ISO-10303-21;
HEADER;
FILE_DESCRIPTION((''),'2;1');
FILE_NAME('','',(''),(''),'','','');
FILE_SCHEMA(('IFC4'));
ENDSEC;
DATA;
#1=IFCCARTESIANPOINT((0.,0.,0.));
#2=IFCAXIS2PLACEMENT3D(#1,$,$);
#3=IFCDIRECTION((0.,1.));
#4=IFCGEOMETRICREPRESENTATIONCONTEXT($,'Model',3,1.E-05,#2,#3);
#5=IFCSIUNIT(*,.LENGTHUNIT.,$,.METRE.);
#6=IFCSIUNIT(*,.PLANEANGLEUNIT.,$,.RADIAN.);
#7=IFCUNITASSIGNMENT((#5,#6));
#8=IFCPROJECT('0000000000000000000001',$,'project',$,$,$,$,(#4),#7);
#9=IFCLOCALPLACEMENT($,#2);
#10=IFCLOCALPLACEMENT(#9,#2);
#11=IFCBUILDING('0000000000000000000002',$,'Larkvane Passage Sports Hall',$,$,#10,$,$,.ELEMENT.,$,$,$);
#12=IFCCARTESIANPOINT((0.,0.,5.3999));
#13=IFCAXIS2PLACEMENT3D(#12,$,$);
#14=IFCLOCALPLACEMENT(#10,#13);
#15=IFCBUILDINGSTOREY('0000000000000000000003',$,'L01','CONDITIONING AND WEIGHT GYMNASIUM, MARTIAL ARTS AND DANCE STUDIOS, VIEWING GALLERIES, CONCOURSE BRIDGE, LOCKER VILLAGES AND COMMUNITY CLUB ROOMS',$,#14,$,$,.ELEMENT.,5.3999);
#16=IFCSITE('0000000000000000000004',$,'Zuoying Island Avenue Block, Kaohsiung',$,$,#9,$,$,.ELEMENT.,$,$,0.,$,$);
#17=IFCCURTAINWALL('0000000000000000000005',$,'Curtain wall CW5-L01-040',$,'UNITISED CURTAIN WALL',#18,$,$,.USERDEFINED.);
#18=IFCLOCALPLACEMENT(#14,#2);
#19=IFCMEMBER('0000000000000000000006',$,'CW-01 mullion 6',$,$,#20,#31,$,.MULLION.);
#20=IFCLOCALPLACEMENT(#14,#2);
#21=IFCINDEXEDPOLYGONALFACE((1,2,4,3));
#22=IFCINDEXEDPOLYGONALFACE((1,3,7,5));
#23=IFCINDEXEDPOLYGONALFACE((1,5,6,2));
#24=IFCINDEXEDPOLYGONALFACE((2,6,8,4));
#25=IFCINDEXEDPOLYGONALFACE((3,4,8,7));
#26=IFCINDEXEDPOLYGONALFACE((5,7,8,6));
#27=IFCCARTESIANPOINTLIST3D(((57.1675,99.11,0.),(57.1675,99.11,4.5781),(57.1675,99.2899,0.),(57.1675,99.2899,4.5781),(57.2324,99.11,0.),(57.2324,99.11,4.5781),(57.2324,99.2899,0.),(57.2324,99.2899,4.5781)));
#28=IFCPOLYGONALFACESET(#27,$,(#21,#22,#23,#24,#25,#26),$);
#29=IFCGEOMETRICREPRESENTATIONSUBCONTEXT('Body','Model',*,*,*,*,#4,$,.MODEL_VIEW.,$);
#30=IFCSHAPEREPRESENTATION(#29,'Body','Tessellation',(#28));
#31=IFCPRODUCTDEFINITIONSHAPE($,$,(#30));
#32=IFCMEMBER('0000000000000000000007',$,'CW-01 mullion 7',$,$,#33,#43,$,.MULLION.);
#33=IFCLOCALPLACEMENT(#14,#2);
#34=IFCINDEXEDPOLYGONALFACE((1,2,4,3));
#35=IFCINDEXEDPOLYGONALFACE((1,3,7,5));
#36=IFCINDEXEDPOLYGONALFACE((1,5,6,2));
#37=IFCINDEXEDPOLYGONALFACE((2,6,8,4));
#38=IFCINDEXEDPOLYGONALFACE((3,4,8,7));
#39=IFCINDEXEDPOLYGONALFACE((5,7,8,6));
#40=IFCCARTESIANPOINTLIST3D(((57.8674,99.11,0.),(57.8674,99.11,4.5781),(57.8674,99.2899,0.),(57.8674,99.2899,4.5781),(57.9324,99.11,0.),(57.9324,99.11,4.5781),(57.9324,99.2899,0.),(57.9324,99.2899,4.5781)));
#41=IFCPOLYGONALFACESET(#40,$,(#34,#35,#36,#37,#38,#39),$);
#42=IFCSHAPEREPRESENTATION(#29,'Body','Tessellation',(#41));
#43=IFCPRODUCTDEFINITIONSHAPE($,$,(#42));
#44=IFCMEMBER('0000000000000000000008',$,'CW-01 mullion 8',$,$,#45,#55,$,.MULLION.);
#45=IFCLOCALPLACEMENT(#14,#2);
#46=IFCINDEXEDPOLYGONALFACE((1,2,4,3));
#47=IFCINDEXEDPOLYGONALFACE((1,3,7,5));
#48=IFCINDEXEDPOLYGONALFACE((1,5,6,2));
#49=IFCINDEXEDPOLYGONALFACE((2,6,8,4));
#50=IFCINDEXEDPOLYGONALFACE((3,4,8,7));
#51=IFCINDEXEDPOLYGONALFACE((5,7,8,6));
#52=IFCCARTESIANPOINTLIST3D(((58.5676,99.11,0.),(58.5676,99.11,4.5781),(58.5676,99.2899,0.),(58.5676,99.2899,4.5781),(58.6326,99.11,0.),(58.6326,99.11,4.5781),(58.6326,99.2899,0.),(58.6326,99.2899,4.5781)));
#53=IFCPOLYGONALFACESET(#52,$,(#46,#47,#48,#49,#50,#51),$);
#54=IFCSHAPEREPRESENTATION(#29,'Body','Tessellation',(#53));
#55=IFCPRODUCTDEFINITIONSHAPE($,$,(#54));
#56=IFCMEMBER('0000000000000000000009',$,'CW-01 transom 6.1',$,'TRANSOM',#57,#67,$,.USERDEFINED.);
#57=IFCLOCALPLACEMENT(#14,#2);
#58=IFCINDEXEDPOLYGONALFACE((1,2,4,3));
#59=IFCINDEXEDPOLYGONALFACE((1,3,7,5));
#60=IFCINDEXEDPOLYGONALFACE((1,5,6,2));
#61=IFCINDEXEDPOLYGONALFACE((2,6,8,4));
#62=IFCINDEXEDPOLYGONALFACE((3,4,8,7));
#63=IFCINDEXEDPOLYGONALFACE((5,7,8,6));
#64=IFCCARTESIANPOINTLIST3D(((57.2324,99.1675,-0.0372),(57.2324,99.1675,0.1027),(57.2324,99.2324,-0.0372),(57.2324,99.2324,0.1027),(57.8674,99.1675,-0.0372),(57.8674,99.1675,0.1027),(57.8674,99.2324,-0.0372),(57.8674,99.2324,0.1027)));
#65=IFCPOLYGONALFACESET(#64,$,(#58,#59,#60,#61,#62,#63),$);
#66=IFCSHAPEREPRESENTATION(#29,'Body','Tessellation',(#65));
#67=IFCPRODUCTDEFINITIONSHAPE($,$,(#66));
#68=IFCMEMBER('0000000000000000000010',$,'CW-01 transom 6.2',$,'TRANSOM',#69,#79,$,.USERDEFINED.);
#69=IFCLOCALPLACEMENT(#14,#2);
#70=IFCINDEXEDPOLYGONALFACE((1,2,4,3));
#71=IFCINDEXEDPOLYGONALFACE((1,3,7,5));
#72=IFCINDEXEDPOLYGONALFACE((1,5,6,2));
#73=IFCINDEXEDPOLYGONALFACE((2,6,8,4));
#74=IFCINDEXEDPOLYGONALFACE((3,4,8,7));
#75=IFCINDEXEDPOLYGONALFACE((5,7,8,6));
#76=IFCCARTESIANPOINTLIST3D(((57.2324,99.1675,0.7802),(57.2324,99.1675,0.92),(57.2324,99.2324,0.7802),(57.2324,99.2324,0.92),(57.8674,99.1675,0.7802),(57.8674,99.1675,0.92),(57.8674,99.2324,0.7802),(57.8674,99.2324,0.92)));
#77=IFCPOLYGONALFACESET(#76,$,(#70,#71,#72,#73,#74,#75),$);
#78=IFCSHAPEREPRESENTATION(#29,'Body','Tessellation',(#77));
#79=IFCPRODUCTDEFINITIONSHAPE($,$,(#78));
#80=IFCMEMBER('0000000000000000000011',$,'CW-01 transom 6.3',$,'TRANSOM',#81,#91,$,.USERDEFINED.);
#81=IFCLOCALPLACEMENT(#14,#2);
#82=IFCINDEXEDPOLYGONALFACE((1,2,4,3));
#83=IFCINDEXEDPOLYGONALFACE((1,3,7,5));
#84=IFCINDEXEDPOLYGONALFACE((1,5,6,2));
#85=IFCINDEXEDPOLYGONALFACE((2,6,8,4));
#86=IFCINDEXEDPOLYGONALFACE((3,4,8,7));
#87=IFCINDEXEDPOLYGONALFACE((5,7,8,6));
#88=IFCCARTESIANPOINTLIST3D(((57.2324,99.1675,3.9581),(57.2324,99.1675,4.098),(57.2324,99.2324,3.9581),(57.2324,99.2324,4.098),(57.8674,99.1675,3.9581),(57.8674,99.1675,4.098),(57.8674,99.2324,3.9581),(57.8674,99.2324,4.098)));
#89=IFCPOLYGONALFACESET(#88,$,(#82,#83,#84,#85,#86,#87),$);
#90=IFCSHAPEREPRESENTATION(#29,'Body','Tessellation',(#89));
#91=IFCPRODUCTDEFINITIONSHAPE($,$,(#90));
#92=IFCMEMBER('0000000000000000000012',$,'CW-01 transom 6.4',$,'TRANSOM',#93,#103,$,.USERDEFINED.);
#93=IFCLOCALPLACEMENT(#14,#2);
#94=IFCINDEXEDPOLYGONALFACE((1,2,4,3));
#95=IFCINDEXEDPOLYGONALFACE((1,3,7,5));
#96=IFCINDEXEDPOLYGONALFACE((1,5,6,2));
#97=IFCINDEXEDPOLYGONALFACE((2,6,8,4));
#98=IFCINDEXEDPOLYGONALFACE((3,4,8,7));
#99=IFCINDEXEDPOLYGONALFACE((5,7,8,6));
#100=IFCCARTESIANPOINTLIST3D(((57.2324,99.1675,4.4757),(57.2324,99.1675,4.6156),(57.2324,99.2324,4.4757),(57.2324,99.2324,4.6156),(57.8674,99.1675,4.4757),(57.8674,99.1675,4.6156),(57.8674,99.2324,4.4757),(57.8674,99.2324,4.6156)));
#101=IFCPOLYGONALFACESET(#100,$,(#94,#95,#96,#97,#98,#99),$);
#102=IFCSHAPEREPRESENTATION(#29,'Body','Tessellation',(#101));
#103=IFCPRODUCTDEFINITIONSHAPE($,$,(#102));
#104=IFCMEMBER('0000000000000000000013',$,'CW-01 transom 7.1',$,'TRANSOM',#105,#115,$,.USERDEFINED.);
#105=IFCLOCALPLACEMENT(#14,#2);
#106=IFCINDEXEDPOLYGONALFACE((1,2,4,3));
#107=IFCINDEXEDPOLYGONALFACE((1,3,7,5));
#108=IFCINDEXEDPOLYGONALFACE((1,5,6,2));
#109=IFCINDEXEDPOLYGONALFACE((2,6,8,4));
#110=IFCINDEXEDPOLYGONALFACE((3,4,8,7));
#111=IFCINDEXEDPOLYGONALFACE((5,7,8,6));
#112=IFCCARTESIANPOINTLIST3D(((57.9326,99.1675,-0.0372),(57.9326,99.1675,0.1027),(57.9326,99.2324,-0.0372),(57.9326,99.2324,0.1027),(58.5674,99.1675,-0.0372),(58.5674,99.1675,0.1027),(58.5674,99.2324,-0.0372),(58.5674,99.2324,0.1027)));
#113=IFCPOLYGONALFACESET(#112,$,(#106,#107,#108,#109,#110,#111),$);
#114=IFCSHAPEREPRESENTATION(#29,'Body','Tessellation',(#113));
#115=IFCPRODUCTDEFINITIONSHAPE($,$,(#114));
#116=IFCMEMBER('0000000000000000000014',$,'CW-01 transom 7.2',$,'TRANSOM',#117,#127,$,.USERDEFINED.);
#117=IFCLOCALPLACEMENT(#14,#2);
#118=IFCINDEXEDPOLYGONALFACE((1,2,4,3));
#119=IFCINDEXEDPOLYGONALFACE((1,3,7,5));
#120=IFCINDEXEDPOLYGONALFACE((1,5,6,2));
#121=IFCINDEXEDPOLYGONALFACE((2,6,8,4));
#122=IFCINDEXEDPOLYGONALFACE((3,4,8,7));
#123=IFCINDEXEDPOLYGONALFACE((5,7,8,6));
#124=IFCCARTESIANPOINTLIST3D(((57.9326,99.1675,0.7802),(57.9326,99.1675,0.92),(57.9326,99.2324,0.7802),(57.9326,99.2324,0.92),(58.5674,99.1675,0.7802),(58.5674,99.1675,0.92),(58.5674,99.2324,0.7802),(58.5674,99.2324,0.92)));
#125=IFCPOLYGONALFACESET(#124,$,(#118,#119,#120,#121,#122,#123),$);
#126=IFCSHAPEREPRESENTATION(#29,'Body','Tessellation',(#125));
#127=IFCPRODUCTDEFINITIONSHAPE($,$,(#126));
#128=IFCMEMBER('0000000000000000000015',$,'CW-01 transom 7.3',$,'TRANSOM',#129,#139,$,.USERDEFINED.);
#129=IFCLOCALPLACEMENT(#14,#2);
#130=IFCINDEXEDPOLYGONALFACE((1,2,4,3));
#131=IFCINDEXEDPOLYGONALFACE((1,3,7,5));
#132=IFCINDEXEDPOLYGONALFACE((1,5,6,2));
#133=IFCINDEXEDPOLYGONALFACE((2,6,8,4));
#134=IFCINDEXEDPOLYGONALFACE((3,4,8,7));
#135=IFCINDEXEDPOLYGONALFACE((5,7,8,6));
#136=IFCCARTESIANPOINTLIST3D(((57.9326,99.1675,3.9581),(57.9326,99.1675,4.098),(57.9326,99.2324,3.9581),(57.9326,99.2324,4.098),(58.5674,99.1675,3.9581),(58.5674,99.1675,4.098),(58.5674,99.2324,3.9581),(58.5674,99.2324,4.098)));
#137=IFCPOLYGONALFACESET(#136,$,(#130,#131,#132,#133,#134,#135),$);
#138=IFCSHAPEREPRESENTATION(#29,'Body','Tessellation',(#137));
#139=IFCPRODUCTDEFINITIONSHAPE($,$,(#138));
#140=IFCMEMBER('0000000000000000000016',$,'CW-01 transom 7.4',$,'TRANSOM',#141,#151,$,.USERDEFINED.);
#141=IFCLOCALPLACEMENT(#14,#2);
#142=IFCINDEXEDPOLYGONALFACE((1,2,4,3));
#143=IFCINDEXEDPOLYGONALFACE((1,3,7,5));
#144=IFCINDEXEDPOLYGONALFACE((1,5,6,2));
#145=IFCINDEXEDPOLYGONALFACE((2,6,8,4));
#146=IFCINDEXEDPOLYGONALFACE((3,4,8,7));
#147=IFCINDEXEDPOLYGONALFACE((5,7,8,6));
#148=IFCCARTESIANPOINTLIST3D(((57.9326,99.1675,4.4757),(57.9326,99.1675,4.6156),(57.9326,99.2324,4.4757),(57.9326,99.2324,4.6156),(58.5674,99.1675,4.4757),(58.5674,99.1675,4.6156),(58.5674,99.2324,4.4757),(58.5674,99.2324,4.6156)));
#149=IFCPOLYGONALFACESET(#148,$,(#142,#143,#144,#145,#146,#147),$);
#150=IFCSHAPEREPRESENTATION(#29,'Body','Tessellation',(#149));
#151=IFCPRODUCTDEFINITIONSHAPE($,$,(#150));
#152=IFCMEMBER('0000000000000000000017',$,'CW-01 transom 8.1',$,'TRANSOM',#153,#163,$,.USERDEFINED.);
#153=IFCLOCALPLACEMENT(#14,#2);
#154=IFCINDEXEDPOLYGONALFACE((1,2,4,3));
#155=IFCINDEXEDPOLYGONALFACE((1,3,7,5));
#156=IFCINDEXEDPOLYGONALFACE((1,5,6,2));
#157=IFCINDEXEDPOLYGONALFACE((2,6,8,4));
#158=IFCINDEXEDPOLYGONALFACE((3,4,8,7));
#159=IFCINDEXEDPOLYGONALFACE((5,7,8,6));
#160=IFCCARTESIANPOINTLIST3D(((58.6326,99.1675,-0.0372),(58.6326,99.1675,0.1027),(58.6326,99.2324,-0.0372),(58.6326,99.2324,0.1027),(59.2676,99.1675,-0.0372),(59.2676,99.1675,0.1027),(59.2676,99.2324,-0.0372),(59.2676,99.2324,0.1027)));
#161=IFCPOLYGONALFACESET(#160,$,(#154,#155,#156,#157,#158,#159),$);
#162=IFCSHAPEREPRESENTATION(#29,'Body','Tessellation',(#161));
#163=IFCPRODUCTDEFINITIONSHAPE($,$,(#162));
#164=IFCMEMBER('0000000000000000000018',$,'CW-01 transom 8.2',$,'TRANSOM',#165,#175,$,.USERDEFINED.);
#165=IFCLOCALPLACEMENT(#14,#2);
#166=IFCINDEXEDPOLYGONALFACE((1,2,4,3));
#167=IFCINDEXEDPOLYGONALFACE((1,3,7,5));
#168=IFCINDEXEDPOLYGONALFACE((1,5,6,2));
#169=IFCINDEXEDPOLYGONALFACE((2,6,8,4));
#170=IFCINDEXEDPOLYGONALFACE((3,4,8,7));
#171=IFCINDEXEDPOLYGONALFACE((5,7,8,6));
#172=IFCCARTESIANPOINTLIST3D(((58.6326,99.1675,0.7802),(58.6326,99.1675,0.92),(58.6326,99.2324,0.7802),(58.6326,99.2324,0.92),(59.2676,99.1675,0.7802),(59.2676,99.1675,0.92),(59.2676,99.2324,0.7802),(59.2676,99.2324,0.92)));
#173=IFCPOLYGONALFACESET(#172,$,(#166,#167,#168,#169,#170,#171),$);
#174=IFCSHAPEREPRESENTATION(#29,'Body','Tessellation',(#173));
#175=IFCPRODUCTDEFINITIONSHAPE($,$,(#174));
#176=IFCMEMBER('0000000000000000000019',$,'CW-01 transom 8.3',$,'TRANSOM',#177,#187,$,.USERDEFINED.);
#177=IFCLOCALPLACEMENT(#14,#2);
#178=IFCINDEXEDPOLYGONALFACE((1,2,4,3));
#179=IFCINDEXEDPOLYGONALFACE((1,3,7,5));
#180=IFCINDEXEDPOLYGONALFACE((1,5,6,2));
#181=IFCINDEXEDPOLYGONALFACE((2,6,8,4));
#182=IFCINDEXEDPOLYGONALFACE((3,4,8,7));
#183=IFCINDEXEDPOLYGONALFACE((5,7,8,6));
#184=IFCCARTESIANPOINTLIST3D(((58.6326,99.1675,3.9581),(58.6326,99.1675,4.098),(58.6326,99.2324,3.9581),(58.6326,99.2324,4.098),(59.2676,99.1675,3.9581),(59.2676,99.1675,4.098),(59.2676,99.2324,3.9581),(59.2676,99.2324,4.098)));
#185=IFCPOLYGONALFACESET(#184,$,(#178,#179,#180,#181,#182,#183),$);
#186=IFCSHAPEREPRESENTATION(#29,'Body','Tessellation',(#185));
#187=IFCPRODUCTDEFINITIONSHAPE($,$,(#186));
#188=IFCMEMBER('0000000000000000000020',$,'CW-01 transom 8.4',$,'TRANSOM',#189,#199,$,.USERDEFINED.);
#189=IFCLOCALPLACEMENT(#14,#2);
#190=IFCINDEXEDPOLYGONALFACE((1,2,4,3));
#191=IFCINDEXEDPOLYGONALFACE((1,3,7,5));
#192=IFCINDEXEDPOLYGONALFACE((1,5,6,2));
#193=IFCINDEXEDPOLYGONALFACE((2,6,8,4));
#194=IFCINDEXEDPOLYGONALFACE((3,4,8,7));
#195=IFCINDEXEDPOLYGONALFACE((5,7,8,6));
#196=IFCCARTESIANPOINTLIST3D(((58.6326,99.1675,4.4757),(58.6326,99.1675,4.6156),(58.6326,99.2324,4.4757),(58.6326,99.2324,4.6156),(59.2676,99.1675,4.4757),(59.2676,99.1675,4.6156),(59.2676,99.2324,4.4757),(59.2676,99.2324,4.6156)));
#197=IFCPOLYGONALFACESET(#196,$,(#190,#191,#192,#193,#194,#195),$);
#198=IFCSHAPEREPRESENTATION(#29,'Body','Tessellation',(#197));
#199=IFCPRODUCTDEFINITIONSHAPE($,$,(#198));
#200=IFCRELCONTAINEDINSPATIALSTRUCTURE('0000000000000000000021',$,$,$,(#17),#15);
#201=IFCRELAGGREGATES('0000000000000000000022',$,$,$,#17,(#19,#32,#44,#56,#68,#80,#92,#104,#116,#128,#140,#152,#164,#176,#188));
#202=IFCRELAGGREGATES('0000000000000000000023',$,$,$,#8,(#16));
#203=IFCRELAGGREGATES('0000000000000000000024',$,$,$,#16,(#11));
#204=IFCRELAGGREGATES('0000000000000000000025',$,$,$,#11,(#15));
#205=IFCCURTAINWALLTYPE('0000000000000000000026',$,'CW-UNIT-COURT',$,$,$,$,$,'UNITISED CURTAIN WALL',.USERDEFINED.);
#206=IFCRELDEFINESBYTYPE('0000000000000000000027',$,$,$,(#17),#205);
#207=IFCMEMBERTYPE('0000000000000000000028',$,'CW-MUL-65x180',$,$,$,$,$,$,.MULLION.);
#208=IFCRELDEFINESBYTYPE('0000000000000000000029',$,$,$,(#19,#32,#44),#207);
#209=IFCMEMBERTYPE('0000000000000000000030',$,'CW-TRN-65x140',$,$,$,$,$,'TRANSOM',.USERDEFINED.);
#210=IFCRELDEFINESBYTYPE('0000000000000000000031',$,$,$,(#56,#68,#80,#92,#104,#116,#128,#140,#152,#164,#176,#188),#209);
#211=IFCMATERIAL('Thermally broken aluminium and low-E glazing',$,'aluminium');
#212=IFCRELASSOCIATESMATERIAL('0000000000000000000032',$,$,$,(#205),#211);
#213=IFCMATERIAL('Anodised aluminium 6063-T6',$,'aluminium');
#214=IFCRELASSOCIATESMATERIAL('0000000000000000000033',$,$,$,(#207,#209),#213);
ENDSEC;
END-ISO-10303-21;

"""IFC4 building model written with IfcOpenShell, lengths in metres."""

from ifc_helpers import new_model, si_unit, direction, frame, origin, origin_2d, place, context, subcontext, project, spatial, rectangle, extrude, material, material_profile, profile_set, type_object, element, aggregate, save


model = new_model("IFC4")

# Units and contexts
model_context = context("Model", 3, precision=1e-05, world=origin(), true_north=direction((0.0, 1.0)))
body_context = subcontext(model_context, "Body", "Model", "MODEL_VIEW")
ifc_project = project(units=[si_unit("LENGTHUNIT", "METRE"), si_unit("PLANEANGLEUNIT", "RADIAN")], contexts=[model_context])

# Site, building, storey
site_placement = place(None, origin())
site = spatial("IfcSite", under=ifc_project, at=site_placement, Name="Zuoying Island Avenue Block, Kaohsiung", CompositionType="ELEMENT", RefElevation=0.0)
building_placement = place(site_placement, origin())
building = spatial("IfcBuilding", under=site, at=building_placement, Name="Larkvane Passage Sports Hall", CompositionType="ELEMENT")
storey_placement = place(building_placement, frame((0.0, 0.0, 5.3999)))
storey = spatial("IfcBuildingStorey", under=building, at=storey_placement, Name="L01", Description="CONDITIONING AND WEIGHT GYMNASIUM, MARTIAL ARTS AND DANCE STUDIOS, VIEWING GALLERIES, CONCOURSE BRIDGE, LOCKER VILLAGES AND COMMUNITY CLUB ROOMS", CompositionType="ELEMENT", Elevation=5.3999)

# Curtain wall, members
ifc_material_1 = material(Name="Thermally broken aluminium and low-E glazing", Category="aluminium")
curtain_wall_type = type_object("IfcCurtainWallType", Name="CW-UNIT-COURT", ElementType="UNITISED CURTAIN WALL", PredefinedType="USERDEFINED", material=ifc_material_1)
curtain_wall_placement = place(storey_placement, origin())
curtain_wall = element("IfcCurtainWall", 1, at=curtain_wall_placement, inside=storey, type_object=curtain_wall_type, Name="Curtain wall CW5-L01-040", ObjectType="UNITISED CURTAIN WALL", PredefinedType="USERDEFINED")
ifc_material_2 = material(Name="Anodised aluminium 6063-T6", Category="aluminium")
ifc_material_profile_1 = material_profile(ifc_material_2, rectangle(XDim=0.0649, YDim=0.1799, at=origin_2d()), Name="ALU-MUL-65x180")
ifc_profile_set_1 = profile_set([ifc_material_profile_1], Name="Anodised aluminium 6063-T6")
member_type_1 = type_object("IfcMemberType", Name="CW-MUL-65x180", PredefinedType="MULLION", material=ifc_profile_set_1)
member_1_placement = place(storey_placement, frame((57.2, 99.2, 0.0), z_axis=(0.0, 0.0, 1.0), x_axis=(1.0, 0.0, 0.0)))
member_1 = element("IfcMember", 2, at=member_1_placement, type_object=member_type_1, Name="CW-01 mullion 6", PredefinedType="MULLION", context=body_context, shape_type="SweptSolid", body=[
    extrude(rectangle(XDim=0.0649, YDim=0.1799, at=origin_2d()), origin(), (0.0, 0.0, 1.0), 4.5781),
])
member_2_placement = place(storey_placement, frame((57.8999, 99.2, 0.0), z_axis=(0.0, 0.0, 1.0), x_axis=(1.0, 0.0, 0.0)))
member_2 = element("IfcMember", 3, at=member_2_placement, type_object=member_type_1, Name="CW-01 mullion 7", PredefinedType="MULLION", context=body_context, shape_type="SweptSolid", body=[
    extrude(rectangle(XDim=0.0649, YDim=0.1799, at=origin_2d()), origin(), (0.0, 0.0, 1.0), 4.5781),
])
member_3_placement = place(storey_placement, frame((58.6001, 99.2, 0.0), z_axis=(0.0, 0.0, 1.0), x_axis=(1.0, 0.0, 0.0)))
member_3 = element("IfcMember", 4, at=member_3_placement, type_object=member_type_1, Name="CW-01 mullion 8", PredefinedType="MULLION", context=body_context, shape_type="SweptSolid", body=[
    extrude(rectangle(XDim=0.0649, YDim=0.1799, at=origin_2d()), origin(), (0.0, 0.0, 1.0), 4.5781),
])
ifc_material_profile_2 = material_profile(ifc_material_2, rectangle(XDim=0.0649, YDim=0.1399, at=origin_2d()), Name="ALU-TRN-65x140")
ifc_profile_set_2 = profile_set([ifc_material_profile_2], Name="Anodised aluminium 6063-T6")
member_type_2 = type_object("IfcMemberType", Name="CW-TRN-65x140", ElementType="TRANSOM", PredefinedType="USERDEFINED", material=ifc_profile_set_2)
member_4_placement = place(storey_placement, frame((57.2324, 99.2, 0.0327), z_axis=(1.0, 0.0, 0.0), x_axis=(0.0, 1.0, 0.0)))
member_4 = element("IfcMember", 5, at=member_4_placement, type_object=member_type_2, Name="CW-01 transom 6.1", ObjectType="TRANSOM", PredefinedType="USERDEFINED", context=body_context, shape_type="SweptSolid", body=[
    extrude(rectangle(XDim=0.0649, YDim=0.1399, at=origin_2d()), origin(), (0.0, 0.0, 1.0), 0.635),
])
member_5_placement = place(storey_placement, frame((57.2324, 99.2, 0.8501), z_axis=(1.0, 0.0, 0.0), x_axis=(0.0, 1.0, 0.0)))
member_5 = element("IfcMember", 6, at=member_5_placement, type_object=member_type_2, Name="CW-01 transom 6.2", ObjectType="TRANSOM", PredefinedType="USERDEFINED", context=body_context, shape_type="SweptSolid", body=[
    extrude(rectangle(XDim=0.0649, YDim=0.1399, at=origin_2d()), origin(), (0.0, 0.0, 1.0), 0.635),
])
member_6_placement = place(storey_placement, frame((57.2324, 99.2, 4.0281), z_axis=(1.0, 0.0, 0.0), x_axis=(0.0, 1.0, 0.0)))
member_6 = element("IfcMember", 7, at=member_6_placement, type_object=member_type_2, Name="CW-01 transom 6.3", ObjectType="TRANSOM", PredefinedType="USERDEFINED", context=body_context, shape_type="SweptSolid", body=[
    extrude(rectangle(XDim=0.0649, YDim=0.1399, at=origin_2d()), origin(), (0.0, 0.0, 1.0), 0.635),
])
member_7_placement = place(storey_placement, frame((57.2324, 99.2, 4.5457), z_axis=(1.0, 0.0, 0.0), x_axis=(0.0, 1.0, 0.0)))
member_7 = element("IfcMember", 8, at=member_7_placement, type_object=member_type_2, Name="CW-01 transom 6.4", ObjectType="TRANSOM", PredefinedType="USERDEFINED", context=body_context, shape_type="SweptSolid", body=[
    extrude(rectangle(XDim=0.0649, YDim=0.1399, at=origin_2d()), origin(), (0.0, 0.0, 1.0), 0.635),
])
member_8_placement = place(storey_placement, frame((57.9326, 99.2, 0.0327), z_axis=(1.0, 0.0, 0.0), x_axis=(0.0, 1.0, 0.0)))
member_8 = element("IfcMember", 9, at=member_8_placement, type_object=member_type_2, Name="CW-01 transom 7.1", ObjectType="TRANSOM", PredefinedType="USERDEFINED", context=body_context, shape_type="SweptSolid", body=[
    extrude(rectangle(XDim=0.0649, YDim=0.1399, at=origin_2d()), origin(), (0.0, 0.0, 1.0), 0.6348),
])
member_9_placement = place(storey_placement, frame((57.9326, 99.2, 0.8501), z_axis=(1.0, 0.0, 0.0), x_axis=(0.0, 1.0, 0.0)))
member_9 = element("IfcMember", 10, at=member_9_placement, type_object=member_type_2, Name="CW-01 transom 7.2", ObjectType="TRANSOM", PredefinedType="USERDEFINED", context=body_context, shape_type="SweptSolid", body=[
    extrude(rectangle(XDim=0.0649, YDim=0.1399, at=origin_2d()), origin(), (0.0, 0.0, 1.0), 0.6348),
])
member_10_placement = place(storey_placement, frame((57.9326, 99.2, 4.0281), z_axis=(1.0, 0.0, 0.0), x_axis=(0.0, 1.0, 0.0)))
member_10 = element("IfcMember", 11, at=member_10_placement, type_object=member_type_2, Name="CW-01 transom 7.3", ObjectType="TRANSOM", PredefinedType="USERDEFINED", context=body_context, shape_type="SweptSolid", body=[
    extrude(rectangle(XDim=0.0649, YDim=0.1399, at=origin_2d()), origin(), (0.0, 0.0, 1.0), 0.6348),
])
member_11_placement = place(storey_placement, frame((57.9326, 99.2, 4.5457), z_axis=(1.0, 0.0, 0.0), x_axis=(0.0, 1.0, 0.0)))
member_11 = element("IfcMember", 12, at=member_11_placement, type_object=member_type_2, Name="CW-01 transom 7.4", ObjectType="TRANSOM", PredefinedType="USERDEFINED", context=body_context, shape_type="SweptSolid", body=[
    extrude(rectangle(XDim=0.0649, YDim=0.1399, at=origin_2d()), origin(), (0.0, 0.0, 1.0), 0.6348),
])
member_12_placement = place(storey_placement, frame((58.6326, 99.2, 0.0327), z_axis=(1.0, 0.0, 0.0), x_axis=(0.0, 1.0, 0.0)))
member_12 = element("IfcMember", 13, at=member_12_placement, type_object=member_type_2, Name="CW-01 transom 8.1", ObjectType="TRANSOM", PredefinedType="USERDEFINED", context=body_context, shape_type="SweptSolid", body=[
    extrude(rectangle(XDim=0.0649, YDim=0.1399, at=origin_2d()), origin(), (0.0, 0.0, 1.0), 0.635),
])
member_13_placement = place(storey_placement, frame((58.6326, 99.2, 0.8501), z_axis=(1.0, 0.0, 0.0), x_axis=(0.0, 1.0, 0.0)))
member_13 = element("IfcMember", 14, at=member_13_placement, type_object=member_type_2, Name="CW-01 transom 8.2", ObjectType="TRANSOM", PredefinedType="USERDEFINED", context=body_context, shape_type="SweptSolid", body=[
    extrude(rectangle(XDim=0.0649, YDim=0.1399, at=origin_2d()), origin(), (0.0, 0.0, 1.0), 0.635),
])
member_14_placement = place(storey_placement, frame((58.6326, 99.2, 4.0281), z_axis=(1.0, 0.0, 0.0), x_axis=(0.0, 1.0, 0.0)))
member_14 = element("IfcMember", 15, at=member_14_placement, type_object=member_type_2, Name="CW-01 transom 8.3", ObjectType="TRANSOM", PredefinedType="USERDEFINED", context=body_context, shape_type="SweptSolid", body=[
    extrude(rectangle(XDim=0.0649, YDim=0.1399, at=origin_2d()), origin(), (0.0, 0.0, 1.0), 0.635),
])
member_15_placement = place(storey_placement, frame((58.6326, 99.2, 4.5457), z_axis=(1.0, 0.0, 0.0), x_axis=(0.0, 1.0, 0.0)))
member_15 = element("IfcMember", 16, at=member_15_placement, type_object=member_type_2, Name="CW-01 transom 8.4", ObjectType="TRANSOM", PredefinedType="USERDEFINED", context=body_context, shape_type="SweptSolid", body=[
    extrude(rectangle(XDim=0.0649, YDim=0.1399, at=origin_2d()), origin(), (0.0, 0.0, 1.0), 0.635),
])
aggregate(curtain_wall, [member_1, member_2, member_3, member_4, member_5, member_6, member_7, member_8, member_9, member_10, member_11, member_12, member_13, member_14, member_15])

save(model, "model.ifc")
